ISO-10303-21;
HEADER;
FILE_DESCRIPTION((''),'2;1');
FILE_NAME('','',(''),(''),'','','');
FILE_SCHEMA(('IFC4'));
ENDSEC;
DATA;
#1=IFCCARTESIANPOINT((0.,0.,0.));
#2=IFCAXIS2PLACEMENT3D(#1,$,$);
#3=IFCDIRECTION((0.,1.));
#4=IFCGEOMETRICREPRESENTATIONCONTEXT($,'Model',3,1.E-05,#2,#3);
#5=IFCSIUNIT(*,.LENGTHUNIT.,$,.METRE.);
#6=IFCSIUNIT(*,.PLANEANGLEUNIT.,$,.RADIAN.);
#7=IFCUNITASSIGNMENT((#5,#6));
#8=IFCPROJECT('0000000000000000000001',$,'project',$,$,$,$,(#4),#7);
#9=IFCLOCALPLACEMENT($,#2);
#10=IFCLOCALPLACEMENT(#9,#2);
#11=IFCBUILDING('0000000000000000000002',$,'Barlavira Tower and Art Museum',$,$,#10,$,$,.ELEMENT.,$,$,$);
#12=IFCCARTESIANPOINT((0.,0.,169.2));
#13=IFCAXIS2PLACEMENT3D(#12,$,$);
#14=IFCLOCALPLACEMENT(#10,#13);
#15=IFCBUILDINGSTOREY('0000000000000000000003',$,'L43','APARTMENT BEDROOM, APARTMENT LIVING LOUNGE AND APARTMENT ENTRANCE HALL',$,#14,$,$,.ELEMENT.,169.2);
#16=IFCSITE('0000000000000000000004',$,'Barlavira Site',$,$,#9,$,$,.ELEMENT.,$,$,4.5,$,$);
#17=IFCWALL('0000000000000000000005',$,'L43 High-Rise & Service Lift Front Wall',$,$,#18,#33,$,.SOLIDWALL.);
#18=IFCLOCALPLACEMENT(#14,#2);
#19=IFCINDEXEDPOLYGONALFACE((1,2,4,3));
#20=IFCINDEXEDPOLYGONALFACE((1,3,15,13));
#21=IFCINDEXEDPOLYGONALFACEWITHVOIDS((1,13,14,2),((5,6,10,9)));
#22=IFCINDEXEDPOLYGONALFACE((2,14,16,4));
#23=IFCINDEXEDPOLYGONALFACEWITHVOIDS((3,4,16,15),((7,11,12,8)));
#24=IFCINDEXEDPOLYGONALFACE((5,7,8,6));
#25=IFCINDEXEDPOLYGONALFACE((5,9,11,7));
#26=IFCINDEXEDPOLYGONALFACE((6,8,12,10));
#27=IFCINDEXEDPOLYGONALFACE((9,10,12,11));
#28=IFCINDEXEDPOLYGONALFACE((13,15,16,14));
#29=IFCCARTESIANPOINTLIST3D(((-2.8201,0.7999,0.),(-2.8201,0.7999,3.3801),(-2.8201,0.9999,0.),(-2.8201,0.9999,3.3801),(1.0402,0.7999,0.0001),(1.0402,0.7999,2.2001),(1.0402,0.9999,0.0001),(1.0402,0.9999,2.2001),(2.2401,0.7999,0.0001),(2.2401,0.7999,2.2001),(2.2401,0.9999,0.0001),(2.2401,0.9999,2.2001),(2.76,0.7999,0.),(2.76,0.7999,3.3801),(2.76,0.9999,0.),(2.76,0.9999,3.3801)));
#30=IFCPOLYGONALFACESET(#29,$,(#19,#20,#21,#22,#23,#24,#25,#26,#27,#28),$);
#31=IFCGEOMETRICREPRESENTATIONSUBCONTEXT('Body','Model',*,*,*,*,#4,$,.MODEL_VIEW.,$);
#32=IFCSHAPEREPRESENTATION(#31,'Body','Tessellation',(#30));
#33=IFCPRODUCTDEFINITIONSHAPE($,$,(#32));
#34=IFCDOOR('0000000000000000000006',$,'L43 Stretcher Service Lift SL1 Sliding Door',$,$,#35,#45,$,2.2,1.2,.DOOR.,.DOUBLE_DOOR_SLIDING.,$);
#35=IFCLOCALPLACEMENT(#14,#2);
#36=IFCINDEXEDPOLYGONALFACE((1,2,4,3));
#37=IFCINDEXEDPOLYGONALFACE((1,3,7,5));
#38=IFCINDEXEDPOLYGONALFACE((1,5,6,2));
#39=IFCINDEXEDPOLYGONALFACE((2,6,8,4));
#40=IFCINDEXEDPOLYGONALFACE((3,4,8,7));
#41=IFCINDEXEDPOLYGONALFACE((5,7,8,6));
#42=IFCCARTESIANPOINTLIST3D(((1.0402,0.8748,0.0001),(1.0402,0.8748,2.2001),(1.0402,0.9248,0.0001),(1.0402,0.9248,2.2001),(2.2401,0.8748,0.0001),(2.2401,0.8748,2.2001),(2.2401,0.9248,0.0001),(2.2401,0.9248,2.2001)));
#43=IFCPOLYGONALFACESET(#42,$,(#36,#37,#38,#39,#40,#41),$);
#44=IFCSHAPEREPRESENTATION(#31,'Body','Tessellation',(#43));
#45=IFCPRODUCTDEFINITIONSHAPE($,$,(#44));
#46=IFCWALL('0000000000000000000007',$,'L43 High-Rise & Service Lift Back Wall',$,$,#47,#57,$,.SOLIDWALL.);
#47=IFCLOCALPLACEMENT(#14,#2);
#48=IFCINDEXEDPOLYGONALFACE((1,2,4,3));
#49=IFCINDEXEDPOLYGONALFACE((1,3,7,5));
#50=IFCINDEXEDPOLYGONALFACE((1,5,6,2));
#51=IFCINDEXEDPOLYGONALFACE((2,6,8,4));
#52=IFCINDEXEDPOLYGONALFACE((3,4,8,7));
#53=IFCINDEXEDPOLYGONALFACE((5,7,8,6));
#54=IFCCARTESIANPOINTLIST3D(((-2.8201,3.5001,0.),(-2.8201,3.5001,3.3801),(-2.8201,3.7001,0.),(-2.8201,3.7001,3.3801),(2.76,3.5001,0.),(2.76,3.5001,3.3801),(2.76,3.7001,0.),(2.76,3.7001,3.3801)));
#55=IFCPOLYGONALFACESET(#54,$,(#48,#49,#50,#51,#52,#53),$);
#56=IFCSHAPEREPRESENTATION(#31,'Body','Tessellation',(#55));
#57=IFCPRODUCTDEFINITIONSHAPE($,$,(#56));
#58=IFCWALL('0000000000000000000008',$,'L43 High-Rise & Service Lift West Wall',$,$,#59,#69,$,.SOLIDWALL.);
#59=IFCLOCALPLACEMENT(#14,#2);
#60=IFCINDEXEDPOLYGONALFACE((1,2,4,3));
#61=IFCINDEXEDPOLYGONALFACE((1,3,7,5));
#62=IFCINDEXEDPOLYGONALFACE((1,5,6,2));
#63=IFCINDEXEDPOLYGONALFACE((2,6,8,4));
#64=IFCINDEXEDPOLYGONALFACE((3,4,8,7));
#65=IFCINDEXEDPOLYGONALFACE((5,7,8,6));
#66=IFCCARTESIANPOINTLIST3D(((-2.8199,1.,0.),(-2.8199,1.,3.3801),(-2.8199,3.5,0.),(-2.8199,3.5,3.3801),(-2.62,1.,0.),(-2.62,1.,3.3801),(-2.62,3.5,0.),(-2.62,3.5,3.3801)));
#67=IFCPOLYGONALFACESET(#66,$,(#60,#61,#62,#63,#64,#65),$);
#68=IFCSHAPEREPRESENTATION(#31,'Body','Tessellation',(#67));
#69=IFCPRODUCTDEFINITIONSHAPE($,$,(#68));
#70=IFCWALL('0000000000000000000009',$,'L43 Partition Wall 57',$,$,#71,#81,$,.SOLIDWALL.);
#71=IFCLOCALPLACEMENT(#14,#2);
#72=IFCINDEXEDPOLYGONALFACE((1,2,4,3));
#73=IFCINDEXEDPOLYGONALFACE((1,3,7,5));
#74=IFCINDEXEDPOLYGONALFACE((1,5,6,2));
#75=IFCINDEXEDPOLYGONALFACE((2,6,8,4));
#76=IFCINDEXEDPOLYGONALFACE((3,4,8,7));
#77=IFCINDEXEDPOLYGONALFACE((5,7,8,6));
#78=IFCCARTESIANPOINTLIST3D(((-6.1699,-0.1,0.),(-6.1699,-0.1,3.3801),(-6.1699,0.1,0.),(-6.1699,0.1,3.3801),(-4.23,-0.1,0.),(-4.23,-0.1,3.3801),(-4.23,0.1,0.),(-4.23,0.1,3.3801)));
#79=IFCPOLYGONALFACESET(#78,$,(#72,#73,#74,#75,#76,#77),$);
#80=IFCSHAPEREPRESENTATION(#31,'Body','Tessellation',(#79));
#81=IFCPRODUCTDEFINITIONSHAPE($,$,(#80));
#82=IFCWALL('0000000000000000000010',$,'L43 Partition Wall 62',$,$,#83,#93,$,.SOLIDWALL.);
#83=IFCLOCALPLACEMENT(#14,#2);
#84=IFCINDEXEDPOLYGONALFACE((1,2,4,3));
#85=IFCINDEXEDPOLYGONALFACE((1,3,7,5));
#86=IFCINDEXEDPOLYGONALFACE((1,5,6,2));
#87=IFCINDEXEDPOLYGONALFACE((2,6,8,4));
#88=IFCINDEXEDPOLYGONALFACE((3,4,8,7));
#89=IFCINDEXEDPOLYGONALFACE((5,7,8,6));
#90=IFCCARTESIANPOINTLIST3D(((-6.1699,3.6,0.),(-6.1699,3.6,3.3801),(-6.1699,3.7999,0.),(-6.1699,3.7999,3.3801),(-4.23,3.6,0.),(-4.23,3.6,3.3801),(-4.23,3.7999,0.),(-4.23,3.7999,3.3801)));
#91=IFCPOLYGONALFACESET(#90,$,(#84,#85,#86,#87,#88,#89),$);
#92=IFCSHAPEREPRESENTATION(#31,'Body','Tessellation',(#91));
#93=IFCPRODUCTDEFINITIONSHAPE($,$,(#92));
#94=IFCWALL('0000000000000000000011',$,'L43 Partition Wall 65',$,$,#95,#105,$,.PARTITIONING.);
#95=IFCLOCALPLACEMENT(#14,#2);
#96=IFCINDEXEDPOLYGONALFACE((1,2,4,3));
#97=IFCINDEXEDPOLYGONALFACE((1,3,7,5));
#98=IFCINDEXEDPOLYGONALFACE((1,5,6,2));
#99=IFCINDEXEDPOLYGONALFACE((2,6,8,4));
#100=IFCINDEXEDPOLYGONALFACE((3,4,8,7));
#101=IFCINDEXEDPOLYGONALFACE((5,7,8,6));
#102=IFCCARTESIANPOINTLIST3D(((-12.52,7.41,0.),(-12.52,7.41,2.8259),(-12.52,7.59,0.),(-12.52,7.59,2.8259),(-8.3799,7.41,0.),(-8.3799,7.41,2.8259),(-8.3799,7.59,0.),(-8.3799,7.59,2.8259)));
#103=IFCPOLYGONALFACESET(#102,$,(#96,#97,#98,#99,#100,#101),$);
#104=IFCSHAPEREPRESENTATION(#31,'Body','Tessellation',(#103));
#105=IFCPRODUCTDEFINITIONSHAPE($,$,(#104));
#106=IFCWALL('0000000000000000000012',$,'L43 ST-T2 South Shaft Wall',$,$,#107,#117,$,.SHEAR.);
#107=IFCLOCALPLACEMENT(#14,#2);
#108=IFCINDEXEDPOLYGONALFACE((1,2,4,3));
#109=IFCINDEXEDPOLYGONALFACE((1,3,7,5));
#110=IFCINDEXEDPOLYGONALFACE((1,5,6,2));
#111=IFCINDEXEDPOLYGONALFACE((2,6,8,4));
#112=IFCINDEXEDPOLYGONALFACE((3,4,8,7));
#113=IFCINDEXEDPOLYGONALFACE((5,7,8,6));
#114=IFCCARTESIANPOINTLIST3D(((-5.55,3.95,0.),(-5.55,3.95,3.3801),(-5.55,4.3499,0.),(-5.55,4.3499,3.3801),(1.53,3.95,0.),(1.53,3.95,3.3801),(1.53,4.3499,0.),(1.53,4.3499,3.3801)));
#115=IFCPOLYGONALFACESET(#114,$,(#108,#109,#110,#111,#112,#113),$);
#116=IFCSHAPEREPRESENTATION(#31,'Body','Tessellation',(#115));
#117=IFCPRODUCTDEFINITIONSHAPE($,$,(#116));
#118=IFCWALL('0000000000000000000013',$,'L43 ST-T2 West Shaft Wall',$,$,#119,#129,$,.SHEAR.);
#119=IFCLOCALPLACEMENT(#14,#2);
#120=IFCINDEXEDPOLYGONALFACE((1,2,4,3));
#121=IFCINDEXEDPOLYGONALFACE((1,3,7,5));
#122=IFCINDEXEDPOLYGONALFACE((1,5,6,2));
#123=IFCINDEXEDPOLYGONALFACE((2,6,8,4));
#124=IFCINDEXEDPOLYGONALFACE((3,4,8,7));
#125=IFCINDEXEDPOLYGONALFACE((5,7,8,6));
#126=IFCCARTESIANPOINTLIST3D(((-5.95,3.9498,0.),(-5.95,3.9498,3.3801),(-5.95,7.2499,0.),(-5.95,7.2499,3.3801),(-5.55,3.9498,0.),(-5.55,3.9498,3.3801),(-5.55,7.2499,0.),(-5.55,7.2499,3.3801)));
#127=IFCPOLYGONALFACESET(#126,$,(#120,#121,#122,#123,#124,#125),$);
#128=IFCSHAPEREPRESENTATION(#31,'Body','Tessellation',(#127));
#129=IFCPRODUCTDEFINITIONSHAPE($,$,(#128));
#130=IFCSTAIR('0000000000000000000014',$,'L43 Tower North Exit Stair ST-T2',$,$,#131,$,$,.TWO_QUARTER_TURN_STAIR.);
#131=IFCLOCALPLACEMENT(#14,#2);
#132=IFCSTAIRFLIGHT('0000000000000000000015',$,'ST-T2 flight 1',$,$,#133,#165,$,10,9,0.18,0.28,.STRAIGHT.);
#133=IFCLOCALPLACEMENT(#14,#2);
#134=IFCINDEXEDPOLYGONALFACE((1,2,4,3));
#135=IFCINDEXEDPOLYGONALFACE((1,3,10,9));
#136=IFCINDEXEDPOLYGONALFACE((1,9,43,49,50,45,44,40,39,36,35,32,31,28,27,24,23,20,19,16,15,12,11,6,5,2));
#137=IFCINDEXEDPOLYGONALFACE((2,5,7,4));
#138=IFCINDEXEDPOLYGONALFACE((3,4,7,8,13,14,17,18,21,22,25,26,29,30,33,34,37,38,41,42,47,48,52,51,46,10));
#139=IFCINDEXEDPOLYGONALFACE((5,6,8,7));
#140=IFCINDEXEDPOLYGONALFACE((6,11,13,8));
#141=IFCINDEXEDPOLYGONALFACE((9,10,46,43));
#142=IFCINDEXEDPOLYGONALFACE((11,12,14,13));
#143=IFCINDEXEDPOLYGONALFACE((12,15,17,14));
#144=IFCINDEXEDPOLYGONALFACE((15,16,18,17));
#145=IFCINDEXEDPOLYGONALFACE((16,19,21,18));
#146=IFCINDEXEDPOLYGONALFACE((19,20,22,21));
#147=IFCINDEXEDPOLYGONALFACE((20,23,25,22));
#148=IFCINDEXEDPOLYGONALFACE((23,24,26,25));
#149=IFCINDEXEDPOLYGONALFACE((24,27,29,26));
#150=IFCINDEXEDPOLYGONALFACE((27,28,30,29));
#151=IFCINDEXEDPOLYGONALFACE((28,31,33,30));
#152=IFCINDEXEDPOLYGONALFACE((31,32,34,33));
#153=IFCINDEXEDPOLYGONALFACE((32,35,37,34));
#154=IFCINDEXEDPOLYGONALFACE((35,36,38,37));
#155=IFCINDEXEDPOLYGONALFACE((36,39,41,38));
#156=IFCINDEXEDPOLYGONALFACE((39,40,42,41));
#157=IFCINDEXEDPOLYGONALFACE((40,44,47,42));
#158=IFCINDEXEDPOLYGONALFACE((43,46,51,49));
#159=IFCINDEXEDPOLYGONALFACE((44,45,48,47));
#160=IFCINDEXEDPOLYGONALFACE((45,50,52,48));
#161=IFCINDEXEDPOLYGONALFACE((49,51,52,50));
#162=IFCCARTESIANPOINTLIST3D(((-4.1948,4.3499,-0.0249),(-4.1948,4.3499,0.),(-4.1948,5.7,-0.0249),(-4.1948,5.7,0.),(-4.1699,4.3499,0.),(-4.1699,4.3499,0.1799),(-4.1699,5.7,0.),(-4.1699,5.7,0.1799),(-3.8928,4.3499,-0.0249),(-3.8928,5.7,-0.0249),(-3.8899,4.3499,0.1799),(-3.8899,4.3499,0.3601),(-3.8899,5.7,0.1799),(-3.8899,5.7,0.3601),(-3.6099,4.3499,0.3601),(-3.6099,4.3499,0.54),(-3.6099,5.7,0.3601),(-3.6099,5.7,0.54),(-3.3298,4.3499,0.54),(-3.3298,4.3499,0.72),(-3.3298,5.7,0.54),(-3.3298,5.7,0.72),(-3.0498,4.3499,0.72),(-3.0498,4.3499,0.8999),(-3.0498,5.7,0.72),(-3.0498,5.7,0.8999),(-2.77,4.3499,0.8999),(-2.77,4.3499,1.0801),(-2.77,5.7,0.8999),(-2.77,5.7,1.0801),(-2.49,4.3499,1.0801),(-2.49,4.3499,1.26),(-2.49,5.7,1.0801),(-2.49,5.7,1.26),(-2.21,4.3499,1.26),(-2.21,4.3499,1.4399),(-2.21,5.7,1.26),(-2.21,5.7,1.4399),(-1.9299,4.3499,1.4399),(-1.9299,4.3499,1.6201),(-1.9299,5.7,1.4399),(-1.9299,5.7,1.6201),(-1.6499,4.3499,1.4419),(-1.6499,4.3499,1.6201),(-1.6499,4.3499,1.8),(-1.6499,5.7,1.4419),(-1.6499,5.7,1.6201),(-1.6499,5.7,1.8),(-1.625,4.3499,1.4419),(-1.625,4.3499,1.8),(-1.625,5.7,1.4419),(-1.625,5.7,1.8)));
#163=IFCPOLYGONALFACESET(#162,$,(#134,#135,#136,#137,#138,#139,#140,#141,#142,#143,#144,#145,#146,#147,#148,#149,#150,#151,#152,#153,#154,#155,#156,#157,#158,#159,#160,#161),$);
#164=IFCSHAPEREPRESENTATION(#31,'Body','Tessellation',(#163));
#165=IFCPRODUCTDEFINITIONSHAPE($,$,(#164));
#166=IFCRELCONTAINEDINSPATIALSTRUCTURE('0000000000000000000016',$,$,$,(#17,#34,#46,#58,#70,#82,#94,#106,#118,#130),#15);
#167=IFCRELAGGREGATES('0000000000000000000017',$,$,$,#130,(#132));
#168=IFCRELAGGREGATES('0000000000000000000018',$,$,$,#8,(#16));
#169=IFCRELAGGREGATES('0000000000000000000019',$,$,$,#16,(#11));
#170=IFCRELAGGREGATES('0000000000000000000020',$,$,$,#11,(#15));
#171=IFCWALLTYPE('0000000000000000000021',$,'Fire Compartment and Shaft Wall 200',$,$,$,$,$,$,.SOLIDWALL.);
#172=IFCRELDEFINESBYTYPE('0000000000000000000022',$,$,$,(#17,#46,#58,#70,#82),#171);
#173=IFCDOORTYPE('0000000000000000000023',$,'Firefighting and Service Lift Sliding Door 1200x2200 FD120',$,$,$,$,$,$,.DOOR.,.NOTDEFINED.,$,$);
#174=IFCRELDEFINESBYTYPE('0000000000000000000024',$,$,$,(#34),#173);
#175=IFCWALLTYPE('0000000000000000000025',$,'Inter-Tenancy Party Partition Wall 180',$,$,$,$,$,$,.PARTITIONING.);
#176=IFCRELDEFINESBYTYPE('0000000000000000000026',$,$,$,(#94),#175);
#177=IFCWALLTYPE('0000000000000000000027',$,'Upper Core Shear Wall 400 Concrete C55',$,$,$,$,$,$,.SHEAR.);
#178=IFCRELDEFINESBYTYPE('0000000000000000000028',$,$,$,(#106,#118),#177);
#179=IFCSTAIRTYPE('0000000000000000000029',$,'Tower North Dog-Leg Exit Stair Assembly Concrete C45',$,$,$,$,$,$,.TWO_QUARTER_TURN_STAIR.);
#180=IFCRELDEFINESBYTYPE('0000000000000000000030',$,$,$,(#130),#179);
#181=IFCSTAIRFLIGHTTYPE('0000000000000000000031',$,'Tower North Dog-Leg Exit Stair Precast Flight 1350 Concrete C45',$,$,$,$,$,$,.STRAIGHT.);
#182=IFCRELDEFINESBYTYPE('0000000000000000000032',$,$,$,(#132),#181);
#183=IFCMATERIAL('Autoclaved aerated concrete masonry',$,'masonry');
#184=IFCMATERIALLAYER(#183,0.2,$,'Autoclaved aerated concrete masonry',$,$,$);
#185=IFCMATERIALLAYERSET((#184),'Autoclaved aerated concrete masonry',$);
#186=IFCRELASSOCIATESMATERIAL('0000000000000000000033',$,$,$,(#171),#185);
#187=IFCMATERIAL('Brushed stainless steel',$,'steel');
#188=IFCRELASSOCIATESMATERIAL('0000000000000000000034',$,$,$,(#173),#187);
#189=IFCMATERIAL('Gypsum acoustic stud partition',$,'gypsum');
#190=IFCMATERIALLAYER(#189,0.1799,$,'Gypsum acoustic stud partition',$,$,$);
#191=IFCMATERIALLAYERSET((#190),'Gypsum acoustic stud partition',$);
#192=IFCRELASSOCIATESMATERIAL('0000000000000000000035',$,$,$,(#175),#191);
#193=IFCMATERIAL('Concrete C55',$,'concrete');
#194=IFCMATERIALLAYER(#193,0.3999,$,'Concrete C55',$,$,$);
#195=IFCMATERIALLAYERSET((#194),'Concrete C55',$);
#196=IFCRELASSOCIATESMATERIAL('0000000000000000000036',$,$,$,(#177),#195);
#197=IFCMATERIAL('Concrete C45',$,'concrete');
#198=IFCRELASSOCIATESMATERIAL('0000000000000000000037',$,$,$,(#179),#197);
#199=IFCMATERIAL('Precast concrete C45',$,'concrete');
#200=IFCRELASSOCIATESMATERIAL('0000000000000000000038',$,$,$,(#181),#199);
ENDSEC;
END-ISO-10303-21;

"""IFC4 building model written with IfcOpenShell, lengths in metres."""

from ifc_helpers import new_model, si_unit, direction, frame, frame_2d, origin, place, context, subcontext, project, spatial, polyline, rectangle, outline, extrude, material, layer, layer_set, type_object, element, fill, aggregate, save


model = new_model("IFC4")

# Units and contexts
model_context = context("Model", 3, precision=1e-05, world=origin(), true_north=direction((0.0, 1.0)))
body_context = subcontext(model_context, "Body", "Model", "MODEL_VIEW")
ifc_project = project(units=[si_unit("LENGTHUNIT", "METRE"), si_unit("PLANEANGLEUNIT", "RADIAN")], contexts=[model_context])

# Site, building, storey
site_placement = place(None, origin())
site = spatial("IfcSite", under=ifc_project, at=site_placement, Name="Barlavira Site", CompositionType="ELEMENT", RefElevation=4.5)
building_placement = place(site_placement, origin())
building = spatial("IfcBuilding", under=site, at=building_placement, Name="Barlavira Tower and Art Museum", CompositionType="ELEMENT")
storey_placement = place(building_placement, frame((0.0, 0.0, 169.2)))
storey = spatial("IfcBuildingStorey", under=building, at=storey_placement, Name="L43", Description="APARTMENT BEDROOM, APARTMENT LIVING LOUNGE AND APARTMENT ENTRANCE HALL", CompositionType="ELEMENT", Elevation=169.2)

# Shared definitions
ifc_material_1 = material(Name="Gypsum acoustic stud partition", Category="gypsum")
ifc_material_2 = material(Name="Brushed stainless steel", Category="steel")

# Wall, opening, door
ifc_material_3 = material(Name="Autoclaved aerated concrete masonry", Category="masonry")
ifc_layer_1 = layer(ifc_material_3, 0.2, Name="Autoclaved aerated concrete masonry")
ifc_layer_set_1 = layer_set([ifc_layer_1], Name="Autoclaved aerated concrete masonry")
wall_type_1 = type_object("IfcWallType", Name="Fire Compartment and Shaft Wall 200", PredefinedType="SOLIDWALL", material=ifc_layer_set_1)
wall_1_placement = place(storey_placement, frame((-2.8201, 0.8999, 0.0), z_axis=(0.0, 0.0, 1.0), x_axis=(1.0, 0.0, 0.0)))
wall_1 = element("IfcWall", 1, at=wall_1_placement, inside=storey, type_object=wall_type_1, Name="L43 High-Rise & Service Lift Front Wall", PredefinedType="SOLIDWALL", context=body_context, shape_type="SweptSolid", body=[
    extrude(rectangle(XDim=5.5801, YDim=0.2, at=frame_2d((2.79, 0.0))), origin(), (0.0, 0.0, 1.0), 3.3801),
])
opening_1_placement = place(wall_1_placement, frame((3.8601, 0.0, 0.0)))
opening_1 = element("IfcOpeningElement", 2, at=opening_1_placement, cuts=wall_1, PredefinedType="OPENING", context=body_context, shape_type="SweptSolid", body=[
    extrude(rectangle(XDim=1.2, YDim=2.2, at=frame_2d((0.6001, 1.1001))), frame((0.0, 0.1099, 0.0), z_axis=(0.0, -1.0, 0.0), x_axis=(1.0, 0.0, 0.0)), (0.0, 0.0, 1.0), 0.22),
])
door_type_1 = type_object("IfcDoorType", Name="Firefighting and Service Lift Sliding Door 1200x2200 FD120", OperationType="NOTDEFINED", PredefinedType="DOOR", material=ifc_material_2)
door_1_placement = place(opening_1_placement, origin())
door_1 = element("IfcDoor", 3, at=door_1_placement, inside=storey, type_object=door_type_1, Name="L43 Stretcher Service Lift SL1 Sliding Door", OperationType="DOUBLE_DOOR_SLIDING", OverallHeight=2.2, OverallWidth=1.2, PredefinedType="DOOR", context=body_context, shape_type="SweptSolid", body=[
    extrude(rectangle(XDim=1.2, YDim=2.2, at=frame_2d((0.6001, 1.1001))), frame((0.0, 0.0249, 0.0), z_axis=(0.0, -1.0, 0.0), x_axis=(1.0, 0.0, 0.0)), (0.0, 0.0, 1.0), 0.05),
])
fill(opening_1, door_1)

# Walls
wall_2_placement = place(storey_placement, frame((-2.8201, 3.6001, 0.0), z_axis=(0.0, 0.0, 1.0), x_axis=(1.0, 0.0, 0.0)))
element("IfcWall", 4, at=wall_2_placement, inside=storey, type_object=wall_type_1, Name="L43 High-Rise & Service Lift Back Wall", PredefinedType="SOLIDWALL", context=body_context, shape_type="SweptSolid", body=[
    extrude(rectangle(XDim=5.5801, YDim=0.2, at=frame_2d((2.79, 0.0))), origin(), (0.0, 0.0, 1.0), 3.3801),
])
wall_3_placement = place(storey_placement, frame((-2.72, 1.0, 0.0), z_axis=(0.0, 0.0, 1.0), x_axis=(0.0, 1.0, 0.0)))
element("IfcWall", 5, at=wall_3_placement, inside=storey, type_object=wall_type_1, Name="L43 High-Rise & Service Lift West Wall", PredefinedType="SOLIDWALL", context=body_context, shape_type="SweptSolid", body=[
    extrude(rectangle(XDim=2.5, YDim=0.2, at=frame_2d((1.25, 0.0))), origin(), (0.0, 0.0, 1.0), 3.3801),
])
for number, where, z_axis, x_axis, name in (
    (6, (-6.1699, 0.0, 0.0), (0.0, 0.0, 1.0), (1.0, 0.0, 0.0), "L43 Partition Wall 57"),
    (7, (-6.1699, 3.7, 0.0), (0.0, 0.0, 1.0), (1.0, 0.0, 0.0), "L43 Partition Wall 62"),
):
    element("IfcWall", number, at=place(storey_placement, frame(where, z_axis=z_axis, x_axis=x_axis)), inside=storey, type_object=wall_type_1, Name=name, PredefinedType="SOLIDWALL", context=body_context, shape_type="SweptSolid", body=[
        extrude(rectangle(XDim=1.9399, YDim=0.2, at=frame_2d((0.97, 0.0))), origin(), (0.0, 0.0, 1.0), 3.3801),
    ])
ifc_layer_2 = layer(ifc_material_1, 0.1799, Name="Gypsum acoustic stud partition")
ifc_layer_set_2 = layer_set([ifc_layer_2], Name="Gypsum acoustic stud partition")
wall_type_2 = type_object("IfcWallType", Name="Inter-Tenancy Party Partition Wall 180", PredefinedType="PARTITIONING", material=ifc_layer_set_2)
wall_4_placement = place(storey_placement, frame((-12.52, 7.5, 0.0), z_axis=(0.0, 0.0, 1.0), x_axis=(1.0, 0.0, 0.0)))
element("IfcWall", 8, at=wall_4_placement, inside=storey, type_object=wall_type_2, Name="L43 Partition Wall 65", PredefinedType="PARTITIONING", context=body_context, shape_type="SweptSolid", body=[
    extrude(rectangle(XDim=4.1401, YDim=0.1799, at=frame_2d((2.0701, 0.0))), origin(), (0.0, 0.0, 1.0), 2.8259),
])
ifc_material_4 = material(Name="Concrete C55", Category="concrete")
ifc_layer_3 = layer(ifc_material_4, 0.3999, Name="Concrete C55")
ifc_layer_set_3 = layer_set([ifc_layer_3], Name="Concrete C55")
wall_type_3 = type_object("IfcWallType", Name="Upper Core Shear Wall 400 Concrete C55", PredefinedType="SHEAR", material=ifc_layer_set_3)
wall_5_placement = place(storey_placement, frame((-5.55, 4.1499, 0.0), z_axis=(0.0, 0.0, 1.0), x_axis=(1.0, 0.0, 0.0)))
element("IfcWall", 9, at=wall_5_placement, inside=storey, type_object=wall_type_3, Name="L43 ST-T2 South Shaft Wall", PredefinedType="SHEAR", context=body_context, shape_type="SweptSolid", body=[
    extrude(rectangle(XDim=7.0801, YDim=0.3999, at=frame_2d((3.54, 0.0))), origin(), (0.0, 0.0, 1.0), 3.3801),
])
wall_6_placement = place(storey_placement, frame((-5.75, 3.95, 0.0), z_axis=(0.0, 0.0, 1.0), x_axis=(0.0, 1.0, 0.0)))
element("IfcWall", 10, at=wall_6_placement, inside=storey, type_object=wall_type_3, Name="L43 ST-T2 West Shaft Wall", PredefinedType="SHEAR", context=body_context, shape_type="SweptSolid", body=[
    extrude(rectangle(XDim=3.3, YDim=0.3999, at=frame_2d((1.6499, 0.0))), origin(), (0.0, 0.0, 1.0), 3.3801),
])

# Stair, stair flight
ifc_material_5 = material(Name="Concrete C45", Category="concrete")
stair_type = type_object("IfcStairType", Name="Tower North Dog-Leg Exit Stair Assembly Concrete C45", PredefinedType="TWO_QUARTER_TURN_STAIR", material=ifc_material_5)
stair_placement = place(storey_placement, origin())
stair = element("IfcStair", 11, at=stair_placement, inside=storey, type_object=stair_type, Name="L43 Tower North Exit Stair ST-T2", PredefinedType="TWO_QUARTER_TURN_STAIR")
ifc_material_6 = material(Name="Precast concrete C45", Category="concrete")
stair_flight_type = type_object("IfcStairFlightType", Name="Tower North Dog-Leg Exit Stair Precast Flight 1350 Concrete C45", PredefinedType="STRAIGHT", material=ifc_material_6)
stair_flight_1_placement = place(storey_placement, frame((-4.1699, 5.0249, 0.0), z_axis=(0.0, 0.0, 1.0), x_axis=(1.0, 0.0, 0.0)))
stair_flight_1 = element("IfcStairFlight", 12, at=stair_flight_1_placement, type_object=stair_flight_type, Name="ST-T2 flight 1", NumberOfRisers=10, NumberOfTreads=9, PredefinedType="STRAIGHT", RiserHeight=0.18, TreadLength=0.28, context=body_context, shape_type="SweptSolid", body=[
    extrude(outline(polyline([(-0.0249, 0.0), (0.0, 0.0), (0.0, 0.1799), (0.28, 0.1799), (0.28, 0.3601), (0.5601, 0.3601), (0.5601, 0.54), (0.8401, 0.54), (0.8401, 0.72), (1.1201, 0.72), (1.1201, 0.8999), (1.3999, 0.8999), (1.3999, 1.0801), (1.6799, 1.0801), (1.6799, 1.26), (1.96, 1.26), (1.96, 1.4399), (2.24, 1.4399), (2.24, 1.6201), (2.52, 1.6201), (2.52, 1.8), (2.5449, 1.8), (2.5449, 1.4419), (2.52, 1.4419), (0.2771, -0.0249), (-0.0249, -0.0249), (-0.0249, 0.0)])), frame((0.0, 0.675, 0.0), z_axis=(0.0, -1.0, 0.0), x_axis=(1.0, 0.0, 0.0)), (0.0, 0.0, 1.0), 1.3501),
])
aggregate(stair, [stair_flight_1])

save(model, "model.ifc")
